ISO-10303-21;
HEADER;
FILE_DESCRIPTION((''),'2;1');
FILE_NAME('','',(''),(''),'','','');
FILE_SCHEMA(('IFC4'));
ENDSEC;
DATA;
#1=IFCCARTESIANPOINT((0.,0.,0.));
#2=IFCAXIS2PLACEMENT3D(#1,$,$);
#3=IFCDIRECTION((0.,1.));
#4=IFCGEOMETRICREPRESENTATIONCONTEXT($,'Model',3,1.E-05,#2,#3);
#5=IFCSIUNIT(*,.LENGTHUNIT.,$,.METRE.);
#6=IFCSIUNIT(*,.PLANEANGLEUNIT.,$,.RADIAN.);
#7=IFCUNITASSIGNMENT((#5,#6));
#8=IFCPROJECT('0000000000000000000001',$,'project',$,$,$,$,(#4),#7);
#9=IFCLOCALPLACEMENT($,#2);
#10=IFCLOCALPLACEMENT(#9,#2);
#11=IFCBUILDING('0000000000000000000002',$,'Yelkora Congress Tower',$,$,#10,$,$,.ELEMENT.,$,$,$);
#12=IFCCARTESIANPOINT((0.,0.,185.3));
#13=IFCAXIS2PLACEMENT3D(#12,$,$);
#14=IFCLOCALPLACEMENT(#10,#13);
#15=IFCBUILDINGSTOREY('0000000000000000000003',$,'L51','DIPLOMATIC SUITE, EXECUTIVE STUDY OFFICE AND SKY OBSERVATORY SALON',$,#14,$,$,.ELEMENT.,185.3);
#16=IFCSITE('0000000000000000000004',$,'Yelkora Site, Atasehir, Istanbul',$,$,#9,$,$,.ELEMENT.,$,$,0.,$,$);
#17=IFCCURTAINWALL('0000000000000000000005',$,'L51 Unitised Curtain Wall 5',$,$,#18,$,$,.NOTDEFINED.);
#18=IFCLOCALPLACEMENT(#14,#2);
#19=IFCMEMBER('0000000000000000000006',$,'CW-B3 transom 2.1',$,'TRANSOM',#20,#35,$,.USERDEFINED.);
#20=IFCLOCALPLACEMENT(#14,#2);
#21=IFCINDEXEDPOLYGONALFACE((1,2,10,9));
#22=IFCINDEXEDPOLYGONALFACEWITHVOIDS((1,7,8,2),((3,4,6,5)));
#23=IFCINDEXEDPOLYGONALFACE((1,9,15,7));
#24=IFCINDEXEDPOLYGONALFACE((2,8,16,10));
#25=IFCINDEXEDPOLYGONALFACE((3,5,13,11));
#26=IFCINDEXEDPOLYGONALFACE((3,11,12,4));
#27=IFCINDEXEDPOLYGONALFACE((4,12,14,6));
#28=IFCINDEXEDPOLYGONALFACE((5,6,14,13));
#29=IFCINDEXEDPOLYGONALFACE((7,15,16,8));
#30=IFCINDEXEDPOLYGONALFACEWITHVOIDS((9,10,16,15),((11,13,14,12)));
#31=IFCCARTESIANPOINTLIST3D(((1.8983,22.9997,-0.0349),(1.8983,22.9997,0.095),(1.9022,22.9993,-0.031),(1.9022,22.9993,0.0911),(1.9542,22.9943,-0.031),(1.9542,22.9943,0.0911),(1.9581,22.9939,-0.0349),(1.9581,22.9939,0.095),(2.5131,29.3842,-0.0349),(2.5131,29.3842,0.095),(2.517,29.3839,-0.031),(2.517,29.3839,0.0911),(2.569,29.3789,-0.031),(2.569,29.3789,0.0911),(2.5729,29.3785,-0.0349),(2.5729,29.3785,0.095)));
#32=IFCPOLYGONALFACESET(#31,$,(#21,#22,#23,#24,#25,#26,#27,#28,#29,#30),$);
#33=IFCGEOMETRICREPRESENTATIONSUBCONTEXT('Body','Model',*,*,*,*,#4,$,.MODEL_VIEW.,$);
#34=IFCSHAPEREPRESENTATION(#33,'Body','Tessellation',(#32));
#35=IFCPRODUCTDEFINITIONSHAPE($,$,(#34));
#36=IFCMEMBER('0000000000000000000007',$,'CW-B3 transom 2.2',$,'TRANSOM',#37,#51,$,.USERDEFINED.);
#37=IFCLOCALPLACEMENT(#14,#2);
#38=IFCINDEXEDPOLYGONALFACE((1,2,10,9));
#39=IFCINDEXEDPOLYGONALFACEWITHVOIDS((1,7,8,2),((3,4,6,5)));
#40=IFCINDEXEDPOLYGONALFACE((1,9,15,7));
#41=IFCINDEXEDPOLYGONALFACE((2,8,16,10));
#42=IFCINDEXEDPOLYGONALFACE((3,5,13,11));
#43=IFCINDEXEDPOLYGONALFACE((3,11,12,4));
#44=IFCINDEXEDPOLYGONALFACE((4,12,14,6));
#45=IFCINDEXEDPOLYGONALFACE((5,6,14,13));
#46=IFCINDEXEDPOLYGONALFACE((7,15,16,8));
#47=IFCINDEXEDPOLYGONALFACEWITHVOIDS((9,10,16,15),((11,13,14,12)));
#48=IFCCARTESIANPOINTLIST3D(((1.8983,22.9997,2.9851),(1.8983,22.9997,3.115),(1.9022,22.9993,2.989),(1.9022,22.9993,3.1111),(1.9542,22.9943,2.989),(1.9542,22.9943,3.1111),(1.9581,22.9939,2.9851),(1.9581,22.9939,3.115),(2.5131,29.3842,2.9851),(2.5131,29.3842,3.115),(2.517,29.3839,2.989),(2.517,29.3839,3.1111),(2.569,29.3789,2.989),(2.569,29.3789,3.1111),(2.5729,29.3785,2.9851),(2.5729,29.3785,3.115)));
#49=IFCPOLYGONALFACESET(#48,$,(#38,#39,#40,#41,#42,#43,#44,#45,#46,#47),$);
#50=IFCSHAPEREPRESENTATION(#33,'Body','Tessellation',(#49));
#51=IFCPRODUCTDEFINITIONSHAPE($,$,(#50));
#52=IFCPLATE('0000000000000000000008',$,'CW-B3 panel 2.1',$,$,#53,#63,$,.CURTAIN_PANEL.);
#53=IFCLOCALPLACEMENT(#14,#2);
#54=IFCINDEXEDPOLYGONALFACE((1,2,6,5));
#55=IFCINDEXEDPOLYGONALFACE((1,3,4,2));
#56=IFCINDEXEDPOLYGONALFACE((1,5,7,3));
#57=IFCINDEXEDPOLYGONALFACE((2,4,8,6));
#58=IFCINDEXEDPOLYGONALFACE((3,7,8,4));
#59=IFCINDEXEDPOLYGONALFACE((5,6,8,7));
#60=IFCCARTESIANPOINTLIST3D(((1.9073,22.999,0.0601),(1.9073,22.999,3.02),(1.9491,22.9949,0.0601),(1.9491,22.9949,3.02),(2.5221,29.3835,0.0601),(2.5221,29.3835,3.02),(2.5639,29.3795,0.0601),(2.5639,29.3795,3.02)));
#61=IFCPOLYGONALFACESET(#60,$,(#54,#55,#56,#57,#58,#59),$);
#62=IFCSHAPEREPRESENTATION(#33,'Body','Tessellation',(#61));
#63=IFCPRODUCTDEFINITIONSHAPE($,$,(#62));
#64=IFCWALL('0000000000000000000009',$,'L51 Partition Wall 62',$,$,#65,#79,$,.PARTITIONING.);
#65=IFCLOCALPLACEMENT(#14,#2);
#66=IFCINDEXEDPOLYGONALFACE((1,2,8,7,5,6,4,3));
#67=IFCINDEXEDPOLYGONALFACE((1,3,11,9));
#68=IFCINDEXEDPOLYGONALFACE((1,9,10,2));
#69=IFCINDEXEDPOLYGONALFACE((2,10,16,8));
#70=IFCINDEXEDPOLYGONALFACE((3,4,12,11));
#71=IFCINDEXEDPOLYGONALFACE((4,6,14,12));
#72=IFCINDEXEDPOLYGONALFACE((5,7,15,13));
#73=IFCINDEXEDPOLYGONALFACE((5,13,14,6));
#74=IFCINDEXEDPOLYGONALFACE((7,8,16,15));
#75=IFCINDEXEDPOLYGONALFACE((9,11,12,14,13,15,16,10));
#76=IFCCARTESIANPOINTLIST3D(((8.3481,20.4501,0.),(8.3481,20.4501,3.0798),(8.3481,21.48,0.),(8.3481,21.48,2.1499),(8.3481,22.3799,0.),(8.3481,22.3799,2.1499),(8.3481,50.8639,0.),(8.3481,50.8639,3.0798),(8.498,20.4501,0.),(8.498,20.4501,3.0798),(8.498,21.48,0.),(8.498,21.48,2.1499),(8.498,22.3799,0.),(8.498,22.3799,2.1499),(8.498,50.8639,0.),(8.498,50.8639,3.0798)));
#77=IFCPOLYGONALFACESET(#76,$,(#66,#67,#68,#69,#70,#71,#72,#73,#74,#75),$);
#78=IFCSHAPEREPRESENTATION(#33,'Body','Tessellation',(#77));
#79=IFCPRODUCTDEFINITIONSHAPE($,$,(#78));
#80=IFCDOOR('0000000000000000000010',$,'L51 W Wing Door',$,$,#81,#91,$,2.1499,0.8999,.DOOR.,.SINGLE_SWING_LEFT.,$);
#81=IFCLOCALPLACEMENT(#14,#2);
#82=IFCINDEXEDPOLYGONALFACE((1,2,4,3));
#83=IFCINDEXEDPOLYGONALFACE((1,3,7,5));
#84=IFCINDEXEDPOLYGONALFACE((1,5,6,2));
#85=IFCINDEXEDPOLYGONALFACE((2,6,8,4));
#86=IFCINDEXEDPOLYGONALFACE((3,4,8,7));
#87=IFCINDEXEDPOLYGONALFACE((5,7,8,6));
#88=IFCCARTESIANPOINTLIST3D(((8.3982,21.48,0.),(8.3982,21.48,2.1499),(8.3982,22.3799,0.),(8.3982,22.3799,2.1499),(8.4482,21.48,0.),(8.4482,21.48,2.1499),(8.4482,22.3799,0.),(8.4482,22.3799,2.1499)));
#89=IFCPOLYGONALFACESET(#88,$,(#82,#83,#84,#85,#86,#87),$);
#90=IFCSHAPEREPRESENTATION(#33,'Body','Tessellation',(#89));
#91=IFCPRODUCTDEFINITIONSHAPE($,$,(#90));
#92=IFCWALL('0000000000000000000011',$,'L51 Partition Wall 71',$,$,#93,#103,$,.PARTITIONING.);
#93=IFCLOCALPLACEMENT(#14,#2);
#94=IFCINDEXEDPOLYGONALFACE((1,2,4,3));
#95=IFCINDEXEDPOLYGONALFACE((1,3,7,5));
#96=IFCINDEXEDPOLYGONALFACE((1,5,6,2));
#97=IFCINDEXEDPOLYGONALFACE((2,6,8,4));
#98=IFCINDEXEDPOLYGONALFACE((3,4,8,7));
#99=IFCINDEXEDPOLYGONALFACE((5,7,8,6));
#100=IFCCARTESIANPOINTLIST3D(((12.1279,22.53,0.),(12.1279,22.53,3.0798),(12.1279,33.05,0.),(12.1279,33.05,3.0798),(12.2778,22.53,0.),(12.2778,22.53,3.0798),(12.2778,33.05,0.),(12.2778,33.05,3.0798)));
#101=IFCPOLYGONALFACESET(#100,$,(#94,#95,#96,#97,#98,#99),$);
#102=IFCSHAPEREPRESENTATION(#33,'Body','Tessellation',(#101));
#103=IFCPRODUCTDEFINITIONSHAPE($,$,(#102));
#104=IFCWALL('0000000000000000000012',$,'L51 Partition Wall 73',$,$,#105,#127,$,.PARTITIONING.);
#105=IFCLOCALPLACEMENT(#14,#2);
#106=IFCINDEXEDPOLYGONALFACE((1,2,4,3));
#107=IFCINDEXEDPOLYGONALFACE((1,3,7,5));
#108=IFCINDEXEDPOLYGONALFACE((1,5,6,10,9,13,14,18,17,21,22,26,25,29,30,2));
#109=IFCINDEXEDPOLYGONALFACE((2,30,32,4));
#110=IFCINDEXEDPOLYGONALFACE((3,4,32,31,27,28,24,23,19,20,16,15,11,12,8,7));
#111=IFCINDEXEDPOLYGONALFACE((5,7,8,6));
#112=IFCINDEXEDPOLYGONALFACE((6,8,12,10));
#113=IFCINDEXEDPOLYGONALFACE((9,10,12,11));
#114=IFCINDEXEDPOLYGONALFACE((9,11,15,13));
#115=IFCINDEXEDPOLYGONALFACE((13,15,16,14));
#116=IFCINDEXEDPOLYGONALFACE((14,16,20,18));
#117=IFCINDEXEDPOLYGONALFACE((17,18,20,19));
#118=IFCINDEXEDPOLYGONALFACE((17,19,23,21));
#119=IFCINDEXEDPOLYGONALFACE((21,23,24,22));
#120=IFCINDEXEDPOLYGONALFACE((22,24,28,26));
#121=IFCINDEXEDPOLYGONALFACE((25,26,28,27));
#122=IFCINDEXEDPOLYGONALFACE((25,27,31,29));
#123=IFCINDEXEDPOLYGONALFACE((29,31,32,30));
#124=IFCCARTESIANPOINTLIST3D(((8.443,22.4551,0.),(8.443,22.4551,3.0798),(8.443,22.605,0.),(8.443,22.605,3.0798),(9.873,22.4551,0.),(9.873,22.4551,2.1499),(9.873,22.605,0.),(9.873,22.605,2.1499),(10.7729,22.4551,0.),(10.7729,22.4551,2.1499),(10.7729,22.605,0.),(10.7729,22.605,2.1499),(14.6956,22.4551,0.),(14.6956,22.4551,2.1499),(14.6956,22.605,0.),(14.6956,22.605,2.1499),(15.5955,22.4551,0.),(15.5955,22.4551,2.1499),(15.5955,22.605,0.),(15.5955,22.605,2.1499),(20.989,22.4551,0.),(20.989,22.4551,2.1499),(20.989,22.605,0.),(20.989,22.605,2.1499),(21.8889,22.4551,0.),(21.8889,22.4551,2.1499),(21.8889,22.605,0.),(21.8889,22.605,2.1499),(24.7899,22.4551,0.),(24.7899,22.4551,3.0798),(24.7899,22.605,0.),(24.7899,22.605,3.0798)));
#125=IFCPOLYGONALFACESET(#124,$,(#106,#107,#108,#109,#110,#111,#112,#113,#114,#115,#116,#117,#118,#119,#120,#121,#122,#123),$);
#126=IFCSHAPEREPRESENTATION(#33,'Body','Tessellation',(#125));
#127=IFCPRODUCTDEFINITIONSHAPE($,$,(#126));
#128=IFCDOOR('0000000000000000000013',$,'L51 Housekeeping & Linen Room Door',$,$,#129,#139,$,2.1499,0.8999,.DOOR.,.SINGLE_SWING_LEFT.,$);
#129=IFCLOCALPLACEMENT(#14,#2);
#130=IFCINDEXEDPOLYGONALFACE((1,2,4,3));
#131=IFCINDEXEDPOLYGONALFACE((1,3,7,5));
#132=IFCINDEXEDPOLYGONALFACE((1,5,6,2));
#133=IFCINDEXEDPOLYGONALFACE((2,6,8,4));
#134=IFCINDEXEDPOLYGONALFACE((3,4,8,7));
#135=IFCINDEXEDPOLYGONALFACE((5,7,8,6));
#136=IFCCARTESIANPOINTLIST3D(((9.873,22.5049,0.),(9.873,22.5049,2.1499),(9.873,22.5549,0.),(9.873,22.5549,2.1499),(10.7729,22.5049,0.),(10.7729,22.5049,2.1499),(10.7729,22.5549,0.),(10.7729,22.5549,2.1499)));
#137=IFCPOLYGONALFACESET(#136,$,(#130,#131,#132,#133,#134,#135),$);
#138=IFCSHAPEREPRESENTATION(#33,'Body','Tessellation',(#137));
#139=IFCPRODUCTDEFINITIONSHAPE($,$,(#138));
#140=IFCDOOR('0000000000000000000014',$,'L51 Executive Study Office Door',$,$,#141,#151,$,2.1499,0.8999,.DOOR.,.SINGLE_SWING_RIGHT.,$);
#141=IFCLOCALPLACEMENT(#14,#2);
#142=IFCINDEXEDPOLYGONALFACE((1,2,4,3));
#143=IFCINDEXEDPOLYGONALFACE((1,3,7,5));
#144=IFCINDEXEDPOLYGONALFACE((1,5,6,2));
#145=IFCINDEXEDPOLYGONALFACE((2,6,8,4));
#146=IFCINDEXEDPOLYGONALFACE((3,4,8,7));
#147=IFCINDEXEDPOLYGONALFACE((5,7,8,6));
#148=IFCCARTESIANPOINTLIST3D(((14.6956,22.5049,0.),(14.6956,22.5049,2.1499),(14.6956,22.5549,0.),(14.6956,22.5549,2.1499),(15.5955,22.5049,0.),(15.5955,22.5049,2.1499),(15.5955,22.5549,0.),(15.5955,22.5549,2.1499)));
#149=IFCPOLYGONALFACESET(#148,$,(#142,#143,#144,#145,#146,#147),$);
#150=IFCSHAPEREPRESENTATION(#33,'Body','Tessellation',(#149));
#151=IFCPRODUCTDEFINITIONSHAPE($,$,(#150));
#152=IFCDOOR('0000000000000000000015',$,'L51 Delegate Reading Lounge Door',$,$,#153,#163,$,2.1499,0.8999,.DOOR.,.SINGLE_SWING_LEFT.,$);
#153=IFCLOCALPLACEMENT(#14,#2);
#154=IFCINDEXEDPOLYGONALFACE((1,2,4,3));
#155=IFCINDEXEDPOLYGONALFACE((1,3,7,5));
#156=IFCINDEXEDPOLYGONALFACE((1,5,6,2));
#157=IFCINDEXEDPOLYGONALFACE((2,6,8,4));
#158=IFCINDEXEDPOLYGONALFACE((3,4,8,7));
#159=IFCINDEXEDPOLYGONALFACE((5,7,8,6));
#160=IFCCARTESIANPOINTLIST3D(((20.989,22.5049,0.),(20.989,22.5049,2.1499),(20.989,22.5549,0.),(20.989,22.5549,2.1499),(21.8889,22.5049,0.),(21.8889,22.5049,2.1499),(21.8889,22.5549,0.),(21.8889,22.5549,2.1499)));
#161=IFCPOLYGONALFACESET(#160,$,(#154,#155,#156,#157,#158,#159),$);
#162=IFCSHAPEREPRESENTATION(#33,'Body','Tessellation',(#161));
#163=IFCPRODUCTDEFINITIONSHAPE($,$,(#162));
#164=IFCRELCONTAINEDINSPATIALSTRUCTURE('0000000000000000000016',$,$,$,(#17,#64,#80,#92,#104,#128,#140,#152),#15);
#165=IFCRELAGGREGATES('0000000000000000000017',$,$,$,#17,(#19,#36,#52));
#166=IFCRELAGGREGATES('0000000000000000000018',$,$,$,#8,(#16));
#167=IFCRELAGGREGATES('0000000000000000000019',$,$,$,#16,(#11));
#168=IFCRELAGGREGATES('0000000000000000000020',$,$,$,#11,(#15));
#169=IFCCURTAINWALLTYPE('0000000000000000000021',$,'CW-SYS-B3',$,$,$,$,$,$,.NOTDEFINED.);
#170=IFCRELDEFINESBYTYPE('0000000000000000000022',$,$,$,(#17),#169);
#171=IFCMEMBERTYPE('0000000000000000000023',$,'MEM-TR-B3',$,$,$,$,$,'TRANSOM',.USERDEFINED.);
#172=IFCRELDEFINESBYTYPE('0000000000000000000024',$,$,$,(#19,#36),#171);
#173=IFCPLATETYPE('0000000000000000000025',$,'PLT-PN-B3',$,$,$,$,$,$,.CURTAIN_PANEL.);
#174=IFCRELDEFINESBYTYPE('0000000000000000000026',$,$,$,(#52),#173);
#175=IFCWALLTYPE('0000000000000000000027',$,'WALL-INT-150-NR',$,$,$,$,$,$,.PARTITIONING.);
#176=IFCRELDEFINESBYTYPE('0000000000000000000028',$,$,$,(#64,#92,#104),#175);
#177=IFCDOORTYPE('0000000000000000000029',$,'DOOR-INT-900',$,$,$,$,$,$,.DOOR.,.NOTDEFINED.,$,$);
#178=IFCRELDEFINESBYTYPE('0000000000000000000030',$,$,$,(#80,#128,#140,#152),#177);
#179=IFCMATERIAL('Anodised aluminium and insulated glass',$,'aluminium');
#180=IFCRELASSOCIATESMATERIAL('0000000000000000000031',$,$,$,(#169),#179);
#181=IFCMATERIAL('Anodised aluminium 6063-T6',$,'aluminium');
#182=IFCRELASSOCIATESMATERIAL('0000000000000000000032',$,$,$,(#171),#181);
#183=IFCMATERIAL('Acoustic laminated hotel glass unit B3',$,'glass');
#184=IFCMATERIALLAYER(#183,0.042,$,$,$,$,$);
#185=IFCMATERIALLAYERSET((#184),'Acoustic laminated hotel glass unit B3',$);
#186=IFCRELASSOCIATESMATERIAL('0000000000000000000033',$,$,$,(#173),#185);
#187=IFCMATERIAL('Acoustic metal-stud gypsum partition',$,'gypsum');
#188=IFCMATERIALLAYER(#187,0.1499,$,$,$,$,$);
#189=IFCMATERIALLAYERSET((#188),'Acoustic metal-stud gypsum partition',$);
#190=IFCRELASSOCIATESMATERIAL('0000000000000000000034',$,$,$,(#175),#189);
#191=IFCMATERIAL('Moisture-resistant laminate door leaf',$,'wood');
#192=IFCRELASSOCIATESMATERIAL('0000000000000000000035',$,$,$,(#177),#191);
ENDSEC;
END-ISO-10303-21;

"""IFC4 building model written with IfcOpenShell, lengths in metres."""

from ifc_helpers import new_model, si_unit, direction, frame, frame_2d, origin, origin_2d, place, context, subcontext, project, spatial, rectangle, hollow_rectangle, extrude, material, layer, layer_set, material_profile, profile_set, type_object, element, fill, aggregate, save


model = new_model("IFC4")

# Units and contexts
model_context = context("Model", 3, precision=1e-05, world=origin(), true_north=direction((0.0, 1.0)))
body_context = subcontext(model_context, "Body", "Model", "MODEL_VIEW")
ifc_project = project(units=[si_unit("LENGTHUNIT", "METRE"), si_unit("PLANEANGLEUNIT", "RADIAN")], contexts=[model_context])

# Site, building, storey
site_placement = place(None, origin())
site = spatial("IfcSite", under=ifc_project, at=site_placement, Name="Yelkora Site, Atasehir, Istanbul", CompositionType="ELEMENT", RefElevation=0.0)
building_placement = place(site_placement, origin())
building = spatial("IfcBuilding", under=site, at=building_placement, Name="Yelkora Congress Tower", CompositionType="ELEMENT")
storey_placement = place(building_placement, frame((0.0, 0.0, 185.3)))
storey = spatial("IfcBuildingStorey", under=building, at=storey_placement, Name="L51", Description="DIPLOMATIC SUITE, EXECUTIVE STUDY OFFICE AND SKY OBSERVATORY SALON", CompositionType="ELEMENT", Elevation=185.3)

# Curtain wall, members, plate
ifc_material_1 = material(Name="Anodised aluminium and insulated glass", Category="aluminium")
curtain_wall_type = type_object("IfcCurtainWallType", Name="CW-SYS-B3", PredefinedType="NOTDEFINED", material=ifc_material_1)
curtain_wall_placement = place(storey_placement, origin())
curtain_wall = element("IfcCurtainWall", 1, at=curtain_wall_placement, inside=storey, type_object=curtain_wall_type, Name="L51 Unitised Curtain Wall 5", PredefinedType="NOTDEFINED")
ifc_material_2 = material(Name="Anodised aluminium 6063-T6", Category="aluminium")
ifc_material_profile_1 = material_profile(ifc_material_2, hollow_rectangle(XDim=0.0601, YDim=0.1299, WallThickness=0.0039, at=origin_2d()), Name="ALU 60x130x4")
ifc_profile_set_1 = profile_set([ifc_material_profile_1], Name="Anodised aluminium 6063-T6")
member_type_1 = type_object("IfcMemberType", Name="MEM-TR-B3", ElementType="TRANSOM", PredefinedType="USERDEFINED", material=ifc_profile_set_1)
member_1_placement = place(storey_placement, frame((1.9282, 22.9968, 0.03), z_axis=(0.095844, 0.995396, 0.0), x_axis=(-0.995396, 0.095844, 0.0)))
member_1 = element("IfcMember", 2, at=member_1_placement, type_object=member_type_1, Name="CW-B3 transom 2.1", ObjectType="TRANSOM", PredefinedType="USERDEFINED", context=body_context, shape_type="SweptSolid", body=[
    extrude(hollow_rectangle(XDim=0.0601, YDim=0.1299, WallThickness=0.0039, at=origin_2d()), origin(), (0.0, 0.0, 1.0), 6.4141),
])
member_2_placement = place(storey_placement, frame((1.9282, 22.9968, 3.05), z_axis=(0.095844, 0.995396, 0.0), x_axis=(-0.995396, 0.095844, 0.0)))
member_2 = element("IfcMember", 3, at=member_2_placement, type_object=member_type_1, Name="CW-B3 transom 2.2", ObjectType="TRANSOM", PredefinedType="USERDEFINED", context=body_context, shape_type="SweptSolid", body=[
    extrude(hollow_rectangle(XDim=0.0601, YDim=0.1299, WallThickness=0.0039, at=origin_2d()), origin(), (0.0, 0.0, 1.0), 6.4141),
])
ifc_material_3 = material(Name="Acoustic laminated hotel glass unit B3", Category="glass")
ifc_layer_1 = layer(ifc_material_3, 0.042)
ifc_layer_set_1 = layer_set([ifc_layer_1], Name="Acoustic laminated hotel glass unit B3")
plate_type = type_object("IfcPlateType", Name="PLT-PN-B3", PredefinedType="CURTAIN_PANEL", material=ifc_layer_set_1)
plate_placement = place(storey_placement, frame((2.2356, 26.1892, 0.0601), z_axis=(0.0, 0.0, 1.0), x_axis=(0.095845, 0.995396, 0.0)))
plate = element("IfcPlate", 4, at=plate_placement, type_object=plate_type, Name="CW-B3 panel 2.1", PredefinedType="CURTAIN_PANEL", context=body_context, shape_type="SweptSolid", body=[
    extrude(rectangle(XDim=6.4141, YDim=0.042, at=origin_2d()), origin(), (0.0, 0.0, 1.0), 2.96),
])
aggregate(curtain_wall, [member_1, member_2, plate])

# Wall, opening, door
ifc_material_4 = material(Name="Acoustic metal-stud gypsum partition", Category="gypsum")
ifc_layer_2 = layer(ifc_material_4, 0.1499)
ifc_layer_set_2 = layer_set([ifc_layer_2], Name="Acoustic metal-stud gypsum partition")
wall_type_1 = type_object("IfcWallType", Name="WALL-INT-150-NR", PredefinedType="PARTITIONING", material=ifc_layer_set_2)
wall_1_placement = place(storey_placement, frame((8.4231, 20.45, 0.0), z_axis=(0.0, 0.0, 1.0), x_axis=(0.0, 1.0, 0.0)))
wall_1 = element("IfcWall", 5, at=wall_1_placement, inside=storey, type_object=wall_type_1, Name="L51 Partition Wall 62", PredefinedType="PARTITIONING", context=body_context, shape_type="SweptSolid", body=[
    extrude(rectangle(XDim=30.4138, YDim=0.1499, at=frame_2d((15.207, 0.0))), origin(), (0.0, 0.0, 1.0), 3.0798),
])
opening_1_placement = place(wall_1_placement, frame((1.03, 0.0, 0.0)))
opening_1 = element("IfcOpeningElement", 6, at=opening_1_placement, cuts=wall_1, PredefinedType="OPENING", context=body_context, shape_type="SweptSolid", body=[
    extrude(rectangle(XDim=0.8999, YDim=2.1499, at=frame_2d((0.45, 1.075))), frame((0.0, 0.085, 0.0), z_axis=(0.0, -1.0, 0.0), x_axis=(1.0, 0.0, 0.0)), (0.0, 0.0, 1.0), 0.1699),
])
ifc_material_5 = material(Name="Moisture-resistant laminate door leaf", Category="wood")
door_type_1 = type_object("IfcDoorType", Name="DOOR-INT-900", OperationType="NOTDEFINED", PredefinedType="DOOR", material=ifc_material_5)
door_1_placement = place(opening_1_placement, origin())
door_1 = element("IfcDoor", 7, at=door_1_placement, inside=storey, type_object=door_type_1, Name="L51 W Wing Door", OperationType="SINGLE_SWING_LEFT", OverallHeight=2.1499, OverallWidth=0.8999, PredefinedType="DOOR", context=body_context, shape_type="SweptSolid", body=[
    extrude(rectangle(XDim=0.8999, YDim=2.1499, at=frame_2d((0.45, 1.075))), frame((0.0, 0.0249, 0.0), z_axis=(0.0, -1.0, 0.0), x_axis=(1.0, 0.0, 0.0)), (0.0, 0.0, 1.0), 0.05),
])
fill(opening_1, door_1)

# Wall
wall_2_placement = place(storey_placement, frame((12.2029, 22.53, 0.0), z_axis=(0.0, 0.0, 1.0), x_axis=(0.0, 1.0, 0.0)))
element("IfcWall", 8, at=wall_2_placement, inside=storey, type_object=wall_type_1, Name="L51 Partition Wall 71", PredefinedType="PARTITIONING", context=body_context, shape_type="SweptSolid", body=[
    extrude(rectangle(XDim=10.52, YDim=0.1499, at=frame_2d((5.26, 0.0))), origin(), (0.0, 0.0, 1.0), 3.0798),
])

# Wall, openings, doors
wall_3_placement = place(storey_placement, frame((8.4431, 22.53, 0.0), z_axis=(0.0, 0.0, 1.0), x_axis=(1.0, 0.0, 0.0)))
wall_3 = element("IfcWall", 9, at=wall_3_placement, inside=storey, type_object=wall_type_1, Name="L51 Partition Wall 73", PredefinedType="PARTITIONING", context=body_context, shape_type="SweptSolid", body=[
    extrude(rectangle(XDim=16.3469, YDim=0.1499, at=frame_2d((8.1733, 0.0))), origin(), (0.0, 0.0, 1.0), 3.0798),
])
opening_2_placement = place(wall_3_placement, frame((1.4299, 0.0, 0.0)))
opening_2 = element("IfcOpeningElement", 10, at=opening_2_placement, cuts=wall_3, PredefinedType="OPENING", context=body_context, shape_type="SweptSolid", body=[
    extrude(rectangle(XDim=0.8999, YDim=2.1499, at=frame_2d((0.45, 1.075))), frame((0.0, 0.085, 0.0), z_axis=(0.0, -1.0, 0.0), x_axis=(1.0, 0.0, 0.0)), (0.0, 0.0, 1.0), 0.1699),
])
opening_3_placement = place(wall_3_placement, frame((6.2524, 0.0, 0.0)))
opening_3 = element("IfcOpeningElement", 11, at=opening_3_placement, cuts=wall_3, PredefinedType="OPENING", context=body_context, shape_type="SweptSolid", body=[
    extrude(rectangle(XDim=0.8999, YDim=2.1499, at=frame_2d((0.45, 1.075))), frame((0.0, 0.085, 0.0), z_axis=(0.0, -1.0, 0.0), x_axis=(1.0, 0.0, 0.0)), (0.0, 0.0, 1.0), 0.1699),
])
opening_4_placement = place(wall_3_placement, frame((12.5459, 0.0, 0.0)))
opening_4 = element("IfcOpeningElement", 12, at=opening_4_placement, cuts=wall_3, PredefinedType="OPENING", context=body_context, shape_type="SweptSolid", body=[
    extrude(rectangle(XDim=0.8999, YDim=2.1499, at=frame_2d((0.45, 1.075))), frame((0.0, 0.085, 0.0), z_axis=(0.0, -1.0, 0.0), x_axis=(1.0, 0.0, 0.0)), (0.0, 0.0, 1.0), 0.1699),
])
door_2_placement = place(opening_2_placement, origin())
door_2 = element("IfcDoor", 13, at=door_2_placement, inside=storey, type_object=door_type_1, Name="L51 Housekeeping & Linen Room Door", OperationType="SINGLE_SWING_LEFT", OverallHeight=2.1499, OverallWidth=0.8999, PredefinedType="DOOR", context=body_context, shape_type="SweptSolid", body=[
    extrude(rectangle(XDim=0.8999, YDim=2.1499, at=frame_2d((0.45, 1.075))), frame((0.0, 0.0249, 0.0), z_axis=(0.0, -1.0, 0.0), x_axis=(1.0, 0.0, 0.0)), (0.0, 0.0, 1.0), 0.05),
])
fill(opening_2, door_2)
door_3_placement = place(opening_3_placement, origin())
door_3 = element("IfcDoor", 14, at=door_3_placement, inside=storey, type_object=door_type_1, Name="L51 Executive Study Office Door", OperationType="SINGLE_SWING_RIGHT", OverallHeight=2.1499, OverallWidth=0.8999, PredefinedType="DOOR", context=body_context, shape_type="SweptSolid", body=[
    extrude(rectangle(XDim=0.8999, YDim=2.1499, at=frame_2d((0.45, 1.075))), frame((0.0, 0.0249, 0.0), z_axis=(0.0, -1.0, 0.0), x_axis=(1.0, 0.0, 0.0)), (0.0, 0.0, 1.0), 0.05),
])
fill(opening_3, door_3)
door_4_placement = place(opening_4_placement, origin())
door_4 = element("IfcDoor", 15, at=door_4_placement, inside=storey, type_object=door_type_1, Name="L51 Delegate Reading Lounge Door", OperationType="SINGLE_SWING_LEFT", OverallHeight=2.1499, OverallWidth=0.8999, PredefinedType="DOOR", context=body_context, shape_type="SweptSolid", body=[
    extrude(rectangle(XDim=0.8999, YDim=2.1499, at=frame_2d((0.45, 1.075))), frame((0.0, 0.0249, 0.0), z_axis=(0.0, -1.0, 0.0), x_axis=(1.0, 0.0, 0.0)), (0.0, 0.0, 1.0), 0.05),
])
fill(opening_4, door_4)

save(model, "model.ifc")
